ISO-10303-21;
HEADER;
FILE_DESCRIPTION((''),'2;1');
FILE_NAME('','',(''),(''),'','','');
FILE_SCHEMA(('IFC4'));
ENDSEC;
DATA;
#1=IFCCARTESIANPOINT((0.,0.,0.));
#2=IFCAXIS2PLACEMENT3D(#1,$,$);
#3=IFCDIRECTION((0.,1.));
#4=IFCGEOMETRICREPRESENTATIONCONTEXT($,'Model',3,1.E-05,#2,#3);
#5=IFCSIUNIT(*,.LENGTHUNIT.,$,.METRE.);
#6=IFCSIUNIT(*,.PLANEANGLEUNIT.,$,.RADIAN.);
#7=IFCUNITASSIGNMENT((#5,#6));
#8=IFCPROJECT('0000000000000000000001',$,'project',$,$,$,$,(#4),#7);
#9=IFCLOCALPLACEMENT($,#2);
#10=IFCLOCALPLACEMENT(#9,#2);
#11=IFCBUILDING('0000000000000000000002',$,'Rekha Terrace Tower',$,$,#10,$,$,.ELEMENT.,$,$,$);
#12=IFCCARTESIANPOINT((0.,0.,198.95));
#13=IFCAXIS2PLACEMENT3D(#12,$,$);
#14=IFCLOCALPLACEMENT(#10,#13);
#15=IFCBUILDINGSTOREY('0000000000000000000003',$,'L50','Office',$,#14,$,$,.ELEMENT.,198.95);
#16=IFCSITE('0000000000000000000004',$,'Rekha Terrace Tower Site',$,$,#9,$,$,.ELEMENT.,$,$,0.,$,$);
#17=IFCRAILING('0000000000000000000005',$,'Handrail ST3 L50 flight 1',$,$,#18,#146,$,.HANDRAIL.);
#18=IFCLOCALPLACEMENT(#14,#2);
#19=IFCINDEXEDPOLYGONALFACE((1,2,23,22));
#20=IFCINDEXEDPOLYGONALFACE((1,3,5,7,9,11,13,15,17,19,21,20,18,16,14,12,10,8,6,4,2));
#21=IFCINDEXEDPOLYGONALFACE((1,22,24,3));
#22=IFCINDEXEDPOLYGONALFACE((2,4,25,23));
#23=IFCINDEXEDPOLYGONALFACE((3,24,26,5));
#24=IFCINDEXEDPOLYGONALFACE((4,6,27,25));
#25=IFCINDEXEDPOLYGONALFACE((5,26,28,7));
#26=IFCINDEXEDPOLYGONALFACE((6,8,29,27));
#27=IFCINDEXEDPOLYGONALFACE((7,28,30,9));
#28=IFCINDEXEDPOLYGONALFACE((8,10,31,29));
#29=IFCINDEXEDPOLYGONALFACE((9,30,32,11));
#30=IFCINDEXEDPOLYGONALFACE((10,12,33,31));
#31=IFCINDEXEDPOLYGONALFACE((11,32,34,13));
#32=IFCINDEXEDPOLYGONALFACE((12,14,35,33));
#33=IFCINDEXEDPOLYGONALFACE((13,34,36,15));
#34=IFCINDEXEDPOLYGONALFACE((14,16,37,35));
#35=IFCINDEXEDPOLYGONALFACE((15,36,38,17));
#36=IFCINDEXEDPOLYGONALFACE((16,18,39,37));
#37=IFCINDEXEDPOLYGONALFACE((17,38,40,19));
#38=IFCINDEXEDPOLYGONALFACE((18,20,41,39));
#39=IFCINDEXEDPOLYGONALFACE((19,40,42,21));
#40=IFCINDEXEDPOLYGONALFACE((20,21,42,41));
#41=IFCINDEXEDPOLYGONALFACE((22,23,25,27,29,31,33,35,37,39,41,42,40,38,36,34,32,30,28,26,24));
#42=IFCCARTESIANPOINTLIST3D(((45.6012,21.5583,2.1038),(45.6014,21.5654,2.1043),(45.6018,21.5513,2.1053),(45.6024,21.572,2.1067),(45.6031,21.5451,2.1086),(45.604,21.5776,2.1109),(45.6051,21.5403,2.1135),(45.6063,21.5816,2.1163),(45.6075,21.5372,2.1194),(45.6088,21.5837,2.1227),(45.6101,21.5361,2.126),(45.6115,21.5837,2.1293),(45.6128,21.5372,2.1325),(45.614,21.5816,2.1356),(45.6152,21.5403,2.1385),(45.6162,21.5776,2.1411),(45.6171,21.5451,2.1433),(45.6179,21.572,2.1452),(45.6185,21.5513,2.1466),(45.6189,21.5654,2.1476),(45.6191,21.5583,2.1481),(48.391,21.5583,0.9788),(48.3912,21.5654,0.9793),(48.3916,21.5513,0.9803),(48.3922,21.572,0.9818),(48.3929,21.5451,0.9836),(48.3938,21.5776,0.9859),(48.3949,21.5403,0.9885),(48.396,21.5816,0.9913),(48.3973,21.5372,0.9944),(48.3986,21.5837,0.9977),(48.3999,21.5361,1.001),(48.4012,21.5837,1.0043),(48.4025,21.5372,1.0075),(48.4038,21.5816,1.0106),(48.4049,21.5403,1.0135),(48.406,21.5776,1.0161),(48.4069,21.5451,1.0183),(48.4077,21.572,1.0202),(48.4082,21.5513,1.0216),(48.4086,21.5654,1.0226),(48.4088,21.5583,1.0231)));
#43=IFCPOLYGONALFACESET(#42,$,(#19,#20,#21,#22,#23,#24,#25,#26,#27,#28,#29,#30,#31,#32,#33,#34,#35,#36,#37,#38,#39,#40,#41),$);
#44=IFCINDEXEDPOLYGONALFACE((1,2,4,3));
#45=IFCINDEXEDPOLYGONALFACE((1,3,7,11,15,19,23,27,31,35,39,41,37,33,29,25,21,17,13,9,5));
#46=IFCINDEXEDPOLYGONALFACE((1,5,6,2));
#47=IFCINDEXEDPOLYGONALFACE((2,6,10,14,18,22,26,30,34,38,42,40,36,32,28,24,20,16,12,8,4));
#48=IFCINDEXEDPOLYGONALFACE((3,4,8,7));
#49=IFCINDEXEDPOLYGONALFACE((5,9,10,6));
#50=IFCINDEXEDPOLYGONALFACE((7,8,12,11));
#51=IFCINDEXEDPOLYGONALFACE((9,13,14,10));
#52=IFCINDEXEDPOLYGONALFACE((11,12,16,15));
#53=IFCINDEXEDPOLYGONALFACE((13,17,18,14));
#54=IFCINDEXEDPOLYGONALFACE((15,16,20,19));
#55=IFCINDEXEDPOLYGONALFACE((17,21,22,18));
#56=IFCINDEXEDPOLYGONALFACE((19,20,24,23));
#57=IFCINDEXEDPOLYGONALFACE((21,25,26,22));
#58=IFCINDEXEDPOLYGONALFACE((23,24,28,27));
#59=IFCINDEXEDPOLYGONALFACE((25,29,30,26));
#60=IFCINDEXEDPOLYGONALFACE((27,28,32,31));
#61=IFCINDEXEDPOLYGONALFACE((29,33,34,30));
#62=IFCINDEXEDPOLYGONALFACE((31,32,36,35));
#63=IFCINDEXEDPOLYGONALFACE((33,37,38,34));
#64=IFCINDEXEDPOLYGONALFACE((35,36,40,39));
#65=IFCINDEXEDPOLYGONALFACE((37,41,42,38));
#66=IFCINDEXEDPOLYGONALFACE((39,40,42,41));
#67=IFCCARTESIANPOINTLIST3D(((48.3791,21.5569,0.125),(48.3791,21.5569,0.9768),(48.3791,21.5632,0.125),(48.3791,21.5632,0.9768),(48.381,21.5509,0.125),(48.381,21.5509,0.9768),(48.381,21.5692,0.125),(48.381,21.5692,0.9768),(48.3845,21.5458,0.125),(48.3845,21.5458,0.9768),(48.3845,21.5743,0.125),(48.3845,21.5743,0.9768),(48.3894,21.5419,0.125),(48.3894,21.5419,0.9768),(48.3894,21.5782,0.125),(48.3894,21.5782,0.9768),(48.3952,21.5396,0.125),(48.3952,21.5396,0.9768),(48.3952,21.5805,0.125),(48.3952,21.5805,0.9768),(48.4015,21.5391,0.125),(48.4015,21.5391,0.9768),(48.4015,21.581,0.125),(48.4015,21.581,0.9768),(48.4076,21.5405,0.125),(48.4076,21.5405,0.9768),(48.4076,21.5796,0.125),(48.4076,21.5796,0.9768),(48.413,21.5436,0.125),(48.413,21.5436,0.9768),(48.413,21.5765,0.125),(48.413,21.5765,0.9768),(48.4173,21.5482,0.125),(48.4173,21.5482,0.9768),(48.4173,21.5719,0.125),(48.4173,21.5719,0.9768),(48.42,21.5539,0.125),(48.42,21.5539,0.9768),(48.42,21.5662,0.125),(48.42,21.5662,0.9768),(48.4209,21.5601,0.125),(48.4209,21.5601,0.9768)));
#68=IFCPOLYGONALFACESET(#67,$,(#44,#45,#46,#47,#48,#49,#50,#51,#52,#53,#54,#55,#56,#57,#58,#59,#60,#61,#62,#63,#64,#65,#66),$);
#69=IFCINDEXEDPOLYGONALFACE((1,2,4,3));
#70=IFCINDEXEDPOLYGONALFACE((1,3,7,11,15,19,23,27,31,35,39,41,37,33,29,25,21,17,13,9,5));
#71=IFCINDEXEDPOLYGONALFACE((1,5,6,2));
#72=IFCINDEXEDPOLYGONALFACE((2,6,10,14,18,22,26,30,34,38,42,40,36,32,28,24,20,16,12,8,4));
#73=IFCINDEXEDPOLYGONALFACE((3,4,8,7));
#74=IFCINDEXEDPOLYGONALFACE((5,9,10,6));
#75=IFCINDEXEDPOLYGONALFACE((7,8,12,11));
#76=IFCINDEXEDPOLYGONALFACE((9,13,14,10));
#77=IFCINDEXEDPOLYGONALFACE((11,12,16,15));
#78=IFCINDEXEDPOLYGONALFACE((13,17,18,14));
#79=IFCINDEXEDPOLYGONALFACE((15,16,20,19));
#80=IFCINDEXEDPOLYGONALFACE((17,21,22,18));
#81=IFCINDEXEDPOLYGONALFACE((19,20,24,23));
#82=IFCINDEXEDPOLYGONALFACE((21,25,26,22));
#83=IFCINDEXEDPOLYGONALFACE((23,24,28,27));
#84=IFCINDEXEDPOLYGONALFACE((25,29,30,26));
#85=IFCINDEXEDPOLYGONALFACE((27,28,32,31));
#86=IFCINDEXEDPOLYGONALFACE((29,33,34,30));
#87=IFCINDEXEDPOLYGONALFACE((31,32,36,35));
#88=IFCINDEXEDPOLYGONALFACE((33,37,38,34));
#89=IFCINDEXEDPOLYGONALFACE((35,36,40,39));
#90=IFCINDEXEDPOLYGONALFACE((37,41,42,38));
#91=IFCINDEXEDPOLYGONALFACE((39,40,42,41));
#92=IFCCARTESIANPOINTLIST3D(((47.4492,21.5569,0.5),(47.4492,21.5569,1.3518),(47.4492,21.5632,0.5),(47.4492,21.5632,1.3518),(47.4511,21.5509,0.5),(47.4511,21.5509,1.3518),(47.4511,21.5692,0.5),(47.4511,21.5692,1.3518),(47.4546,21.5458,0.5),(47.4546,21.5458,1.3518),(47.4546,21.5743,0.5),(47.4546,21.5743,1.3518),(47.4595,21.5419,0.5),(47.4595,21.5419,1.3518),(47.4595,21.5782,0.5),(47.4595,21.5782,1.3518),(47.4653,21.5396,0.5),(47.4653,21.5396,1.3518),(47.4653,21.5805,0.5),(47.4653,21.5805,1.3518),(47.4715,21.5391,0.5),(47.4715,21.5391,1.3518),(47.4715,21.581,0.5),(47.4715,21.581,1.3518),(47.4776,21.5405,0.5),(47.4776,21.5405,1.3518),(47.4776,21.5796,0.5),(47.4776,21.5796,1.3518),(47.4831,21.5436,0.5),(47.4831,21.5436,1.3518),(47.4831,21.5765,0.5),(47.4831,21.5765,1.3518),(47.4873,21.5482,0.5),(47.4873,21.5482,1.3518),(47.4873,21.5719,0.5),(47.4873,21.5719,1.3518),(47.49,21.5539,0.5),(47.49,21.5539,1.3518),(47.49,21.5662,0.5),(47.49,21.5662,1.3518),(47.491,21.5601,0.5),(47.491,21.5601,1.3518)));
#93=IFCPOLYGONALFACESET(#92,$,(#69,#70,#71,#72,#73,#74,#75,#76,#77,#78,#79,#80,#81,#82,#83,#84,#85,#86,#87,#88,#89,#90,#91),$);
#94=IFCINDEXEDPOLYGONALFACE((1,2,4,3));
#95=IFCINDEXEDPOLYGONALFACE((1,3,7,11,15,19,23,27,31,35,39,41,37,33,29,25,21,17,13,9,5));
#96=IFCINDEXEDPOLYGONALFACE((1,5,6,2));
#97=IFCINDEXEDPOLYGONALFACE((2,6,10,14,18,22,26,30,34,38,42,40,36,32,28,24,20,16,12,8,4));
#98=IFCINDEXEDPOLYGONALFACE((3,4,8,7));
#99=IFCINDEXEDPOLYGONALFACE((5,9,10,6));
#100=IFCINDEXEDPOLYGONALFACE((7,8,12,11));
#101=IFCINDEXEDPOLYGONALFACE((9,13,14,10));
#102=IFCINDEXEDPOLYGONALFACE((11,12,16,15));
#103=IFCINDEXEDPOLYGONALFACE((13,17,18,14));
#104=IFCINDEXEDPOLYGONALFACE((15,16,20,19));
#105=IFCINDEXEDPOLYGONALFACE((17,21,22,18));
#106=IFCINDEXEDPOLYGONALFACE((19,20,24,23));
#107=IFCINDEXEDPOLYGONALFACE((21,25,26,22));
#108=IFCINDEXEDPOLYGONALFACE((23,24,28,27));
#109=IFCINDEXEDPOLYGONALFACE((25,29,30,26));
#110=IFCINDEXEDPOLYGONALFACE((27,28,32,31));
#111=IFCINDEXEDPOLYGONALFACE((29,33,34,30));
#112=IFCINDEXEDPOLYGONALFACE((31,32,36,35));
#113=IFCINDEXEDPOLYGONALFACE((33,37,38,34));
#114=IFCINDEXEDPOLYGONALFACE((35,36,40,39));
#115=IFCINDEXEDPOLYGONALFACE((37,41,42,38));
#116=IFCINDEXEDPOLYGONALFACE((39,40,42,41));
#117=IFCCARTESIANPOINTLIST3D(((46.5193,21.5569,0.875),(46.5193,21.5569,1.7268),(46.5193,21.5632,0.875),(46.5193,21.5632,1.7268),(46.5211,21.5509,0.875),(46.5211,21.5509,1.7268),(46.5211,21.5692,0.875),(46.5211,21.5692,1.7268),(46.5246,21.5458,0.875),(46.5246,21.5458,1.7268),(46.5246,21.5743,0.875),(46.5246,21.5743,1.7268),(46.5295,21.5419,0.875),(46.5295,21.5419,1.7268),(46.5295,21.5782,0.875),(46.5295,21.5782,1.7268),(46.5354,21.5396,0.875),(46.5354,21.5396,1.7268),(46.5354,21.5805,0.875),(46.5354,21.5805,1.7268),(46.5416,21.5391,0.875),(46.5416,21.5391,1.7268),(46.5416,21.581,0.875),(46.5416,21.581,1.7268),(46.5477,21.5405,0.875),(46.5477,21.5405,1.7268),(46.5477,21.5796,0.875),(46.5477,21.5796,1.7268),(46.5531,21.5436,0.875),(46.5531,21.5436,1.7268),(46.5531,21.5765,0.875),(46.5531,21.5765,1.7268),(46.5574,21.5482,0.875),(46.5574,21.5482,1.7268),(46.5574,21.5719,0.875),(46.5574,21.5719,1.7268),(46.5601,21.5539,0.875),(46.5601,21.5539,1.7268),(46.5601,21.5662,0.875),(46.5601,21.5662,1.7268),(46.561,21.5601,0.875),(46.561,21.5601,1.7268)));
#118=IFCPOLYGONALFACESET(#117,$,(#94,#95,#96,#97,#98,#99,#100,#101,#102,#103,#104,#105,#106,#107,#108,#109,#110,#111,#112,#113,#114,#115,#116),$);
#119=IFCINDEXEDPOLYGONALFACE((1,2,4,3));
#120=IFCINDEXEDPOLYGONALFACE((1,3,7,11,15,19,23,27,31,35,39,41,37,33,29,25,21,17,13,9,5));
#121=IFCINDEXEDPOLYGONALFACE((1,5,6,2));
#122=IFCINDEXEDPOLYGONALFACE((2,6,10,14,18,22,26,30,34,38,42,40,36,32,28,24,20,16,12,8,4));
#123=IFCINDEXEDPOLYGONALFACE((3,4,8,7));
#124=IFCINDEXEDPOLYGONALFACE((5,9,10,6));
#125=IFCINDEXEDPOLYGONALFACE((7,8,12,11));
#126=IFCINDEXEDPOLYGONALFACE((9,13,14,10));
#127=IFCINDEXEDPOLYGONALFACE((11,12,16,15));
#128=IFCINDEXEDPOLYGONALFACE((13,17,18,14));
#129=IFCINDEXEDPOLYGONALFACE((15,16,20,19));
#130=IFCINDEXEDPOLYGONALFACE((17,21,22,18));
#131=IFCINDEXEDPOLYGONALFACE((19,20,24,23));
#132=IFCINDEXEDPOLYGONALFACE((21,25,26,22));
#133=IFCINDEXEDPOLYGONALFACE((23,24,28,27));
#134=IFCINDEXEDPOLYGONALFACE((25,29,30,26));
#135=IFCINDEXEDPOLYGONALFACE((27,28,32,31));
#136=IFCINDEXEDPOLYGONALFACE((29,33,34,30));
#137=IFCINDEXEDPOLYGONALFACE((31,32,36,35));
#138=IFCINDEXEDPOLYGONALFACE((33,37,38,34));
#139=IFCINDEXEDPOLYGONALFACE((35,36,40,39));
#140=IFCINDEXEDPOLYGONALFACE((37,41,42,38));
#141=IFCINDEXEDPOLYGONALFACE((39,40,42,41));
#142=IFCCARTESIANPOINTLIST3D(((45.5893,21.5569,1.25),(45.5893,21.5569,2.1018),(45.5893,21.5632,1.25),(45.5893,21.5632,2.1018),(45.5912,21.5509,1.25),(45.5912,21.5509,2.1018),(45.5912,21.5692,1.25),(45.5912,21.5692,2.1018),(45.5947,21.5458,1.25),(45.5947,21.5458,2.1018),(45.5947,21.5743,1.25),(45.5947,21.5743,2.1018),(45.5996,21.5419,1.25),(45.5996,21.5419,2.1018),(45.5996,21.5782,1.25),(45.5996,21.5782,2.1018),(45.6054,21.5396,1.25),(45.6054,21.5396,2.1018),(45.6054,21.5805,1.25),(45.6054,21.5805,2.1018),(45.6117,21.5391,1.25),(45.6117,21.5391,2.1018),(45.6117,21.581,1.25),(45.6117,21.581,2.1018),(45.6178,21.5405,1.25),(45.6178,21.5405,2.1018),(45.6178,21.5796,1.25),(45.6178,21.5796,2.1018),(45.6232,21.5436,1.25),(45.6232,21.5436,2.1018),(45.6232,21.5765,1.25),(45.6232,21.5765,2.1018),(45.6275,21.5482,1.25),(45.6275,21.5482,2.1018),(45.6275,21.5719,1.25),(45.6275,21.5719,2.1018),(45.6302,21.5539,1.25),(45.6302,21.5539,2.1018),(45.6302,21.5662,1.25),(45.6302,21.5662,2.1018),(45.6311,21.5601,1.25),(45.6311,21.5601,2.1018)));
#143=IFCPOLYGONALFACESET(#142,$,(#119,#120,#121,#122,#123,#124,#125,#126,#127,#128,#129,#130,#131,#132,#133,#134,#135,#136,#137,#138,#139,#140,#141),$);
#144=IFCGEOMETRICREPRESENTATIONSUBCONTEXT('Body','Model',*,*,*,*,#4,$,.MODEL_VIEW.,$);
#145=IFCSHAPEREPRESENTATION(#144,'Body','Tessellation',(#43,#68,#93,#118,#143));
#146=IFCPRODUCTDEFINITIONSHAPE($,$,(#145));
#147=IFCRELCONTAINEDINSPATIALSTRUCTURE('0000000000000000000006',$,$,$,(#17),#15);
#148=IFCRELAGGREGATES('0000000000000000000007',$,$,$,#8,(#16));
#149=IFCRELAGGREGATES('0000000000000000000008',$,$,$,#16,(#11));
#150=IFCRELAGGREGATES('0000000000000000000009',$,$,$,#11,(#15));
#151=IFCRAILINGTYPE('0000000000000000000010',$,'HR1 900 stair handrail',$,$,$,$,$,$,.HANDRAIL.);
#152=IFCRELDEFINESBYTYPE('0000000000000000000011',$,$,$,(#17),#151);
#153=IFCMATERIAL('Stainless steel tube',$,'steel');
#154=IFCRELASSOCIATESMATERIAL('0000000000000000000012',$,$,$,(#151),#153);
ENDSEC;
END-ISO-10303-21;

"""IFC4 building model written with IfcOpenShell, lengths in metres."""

from ifc_helpers import new_model, si_unit, direction, frame, origin, origin_2d, place, context, subcontext, project, spatial, circle, extrude, material, type_object, element, save


model = new_model("IFC4")

# Units and contexts
model_context = context("Model", 3, precision=1e-05, world=origin(), true_north=direction((0.0, 1.0)))
body_context = subcontext(model_context, "Body", "Model", "MODEL_VIEW")
ifc_project = project(units=[si_unit("LENGTHUNIT", "METRE"), si_unit("PLANEANGLEUNIT", "RADIAN")], contexts=[model_context])

# Site, building, storey
site_placement = place(None, origin())
site = spatial("IfcSite", under=ifc_project, at=site_placement, Name="Rekha Terrace Tower Site", CompositionType="ELEMENT", RefElevation=0.0)
building_placement = place(site_placement, origin())
building = spatial("IfcBuilding", under=site, at=building_placement, Name="Rekha Terrace Tower", CompositionType="ELEMENT")
storey_placement = place(building_placement, frame((0.0, 0.0, 198.95)))
storey = spatial("IfcBuildingStorey", under=building, at=storey_placement, Name="L50", Description="Office", CompositionType="ELEMENT", Elevation=198.95)

# Railing
ifc_material_1 = material(Name="Stainless steel tube", Category="steel")
railing_type_1 = type_object("IfcRailingType", Name="HR1 900 stair handrail", PredefinedType="HANDRAIL", material=ifc_material_1)
railing_1_placement = place(storey_placement, frame((48.3999, 21.5601, 0.125)))
element("IfcRailing", 1, at=railing_1_placement, inside=storey, type_object=railing_type_1, Name="Handrail ST3 L50 flight 1", PredefinedType="HANDRAIL", context=body_context, shape_type="SweptSolid", body=[
    extrude(circle(Radius=0.0239, at=origin_2d()), frame((0.0, 0.0, 0.876), z_axis=(-0.927432, 0.0, 0.373992), x_axis=(0.0, -1.0, 0.0)), (0.0, 0.0, 1.0), 3.0081),
    extrude(circle(Radius=0.021, at=origin_2d()), origin(), (0.0, 0.0, 1.0), 0.8518),
    extrude(circle(Radius=0.021, at=origin_2d()), frame((-0.9299, 0.0, 0.375)), (0.0, 0.0, 1.0), 0.8518),
    extrude(circle(Radius=0.021, at=origin_2d()), frame((-1.8599, 0.0, 0.75)), (0.0, 0.0, 1.0), 0.8518),
    extrude(circle(Radius=0.021, at=origin_2d()), frame((-2.7898, 0.0, 1.125)), (0.0, 0.0, 1.0), 0.8518),
])

save(model, "model.ifc")
